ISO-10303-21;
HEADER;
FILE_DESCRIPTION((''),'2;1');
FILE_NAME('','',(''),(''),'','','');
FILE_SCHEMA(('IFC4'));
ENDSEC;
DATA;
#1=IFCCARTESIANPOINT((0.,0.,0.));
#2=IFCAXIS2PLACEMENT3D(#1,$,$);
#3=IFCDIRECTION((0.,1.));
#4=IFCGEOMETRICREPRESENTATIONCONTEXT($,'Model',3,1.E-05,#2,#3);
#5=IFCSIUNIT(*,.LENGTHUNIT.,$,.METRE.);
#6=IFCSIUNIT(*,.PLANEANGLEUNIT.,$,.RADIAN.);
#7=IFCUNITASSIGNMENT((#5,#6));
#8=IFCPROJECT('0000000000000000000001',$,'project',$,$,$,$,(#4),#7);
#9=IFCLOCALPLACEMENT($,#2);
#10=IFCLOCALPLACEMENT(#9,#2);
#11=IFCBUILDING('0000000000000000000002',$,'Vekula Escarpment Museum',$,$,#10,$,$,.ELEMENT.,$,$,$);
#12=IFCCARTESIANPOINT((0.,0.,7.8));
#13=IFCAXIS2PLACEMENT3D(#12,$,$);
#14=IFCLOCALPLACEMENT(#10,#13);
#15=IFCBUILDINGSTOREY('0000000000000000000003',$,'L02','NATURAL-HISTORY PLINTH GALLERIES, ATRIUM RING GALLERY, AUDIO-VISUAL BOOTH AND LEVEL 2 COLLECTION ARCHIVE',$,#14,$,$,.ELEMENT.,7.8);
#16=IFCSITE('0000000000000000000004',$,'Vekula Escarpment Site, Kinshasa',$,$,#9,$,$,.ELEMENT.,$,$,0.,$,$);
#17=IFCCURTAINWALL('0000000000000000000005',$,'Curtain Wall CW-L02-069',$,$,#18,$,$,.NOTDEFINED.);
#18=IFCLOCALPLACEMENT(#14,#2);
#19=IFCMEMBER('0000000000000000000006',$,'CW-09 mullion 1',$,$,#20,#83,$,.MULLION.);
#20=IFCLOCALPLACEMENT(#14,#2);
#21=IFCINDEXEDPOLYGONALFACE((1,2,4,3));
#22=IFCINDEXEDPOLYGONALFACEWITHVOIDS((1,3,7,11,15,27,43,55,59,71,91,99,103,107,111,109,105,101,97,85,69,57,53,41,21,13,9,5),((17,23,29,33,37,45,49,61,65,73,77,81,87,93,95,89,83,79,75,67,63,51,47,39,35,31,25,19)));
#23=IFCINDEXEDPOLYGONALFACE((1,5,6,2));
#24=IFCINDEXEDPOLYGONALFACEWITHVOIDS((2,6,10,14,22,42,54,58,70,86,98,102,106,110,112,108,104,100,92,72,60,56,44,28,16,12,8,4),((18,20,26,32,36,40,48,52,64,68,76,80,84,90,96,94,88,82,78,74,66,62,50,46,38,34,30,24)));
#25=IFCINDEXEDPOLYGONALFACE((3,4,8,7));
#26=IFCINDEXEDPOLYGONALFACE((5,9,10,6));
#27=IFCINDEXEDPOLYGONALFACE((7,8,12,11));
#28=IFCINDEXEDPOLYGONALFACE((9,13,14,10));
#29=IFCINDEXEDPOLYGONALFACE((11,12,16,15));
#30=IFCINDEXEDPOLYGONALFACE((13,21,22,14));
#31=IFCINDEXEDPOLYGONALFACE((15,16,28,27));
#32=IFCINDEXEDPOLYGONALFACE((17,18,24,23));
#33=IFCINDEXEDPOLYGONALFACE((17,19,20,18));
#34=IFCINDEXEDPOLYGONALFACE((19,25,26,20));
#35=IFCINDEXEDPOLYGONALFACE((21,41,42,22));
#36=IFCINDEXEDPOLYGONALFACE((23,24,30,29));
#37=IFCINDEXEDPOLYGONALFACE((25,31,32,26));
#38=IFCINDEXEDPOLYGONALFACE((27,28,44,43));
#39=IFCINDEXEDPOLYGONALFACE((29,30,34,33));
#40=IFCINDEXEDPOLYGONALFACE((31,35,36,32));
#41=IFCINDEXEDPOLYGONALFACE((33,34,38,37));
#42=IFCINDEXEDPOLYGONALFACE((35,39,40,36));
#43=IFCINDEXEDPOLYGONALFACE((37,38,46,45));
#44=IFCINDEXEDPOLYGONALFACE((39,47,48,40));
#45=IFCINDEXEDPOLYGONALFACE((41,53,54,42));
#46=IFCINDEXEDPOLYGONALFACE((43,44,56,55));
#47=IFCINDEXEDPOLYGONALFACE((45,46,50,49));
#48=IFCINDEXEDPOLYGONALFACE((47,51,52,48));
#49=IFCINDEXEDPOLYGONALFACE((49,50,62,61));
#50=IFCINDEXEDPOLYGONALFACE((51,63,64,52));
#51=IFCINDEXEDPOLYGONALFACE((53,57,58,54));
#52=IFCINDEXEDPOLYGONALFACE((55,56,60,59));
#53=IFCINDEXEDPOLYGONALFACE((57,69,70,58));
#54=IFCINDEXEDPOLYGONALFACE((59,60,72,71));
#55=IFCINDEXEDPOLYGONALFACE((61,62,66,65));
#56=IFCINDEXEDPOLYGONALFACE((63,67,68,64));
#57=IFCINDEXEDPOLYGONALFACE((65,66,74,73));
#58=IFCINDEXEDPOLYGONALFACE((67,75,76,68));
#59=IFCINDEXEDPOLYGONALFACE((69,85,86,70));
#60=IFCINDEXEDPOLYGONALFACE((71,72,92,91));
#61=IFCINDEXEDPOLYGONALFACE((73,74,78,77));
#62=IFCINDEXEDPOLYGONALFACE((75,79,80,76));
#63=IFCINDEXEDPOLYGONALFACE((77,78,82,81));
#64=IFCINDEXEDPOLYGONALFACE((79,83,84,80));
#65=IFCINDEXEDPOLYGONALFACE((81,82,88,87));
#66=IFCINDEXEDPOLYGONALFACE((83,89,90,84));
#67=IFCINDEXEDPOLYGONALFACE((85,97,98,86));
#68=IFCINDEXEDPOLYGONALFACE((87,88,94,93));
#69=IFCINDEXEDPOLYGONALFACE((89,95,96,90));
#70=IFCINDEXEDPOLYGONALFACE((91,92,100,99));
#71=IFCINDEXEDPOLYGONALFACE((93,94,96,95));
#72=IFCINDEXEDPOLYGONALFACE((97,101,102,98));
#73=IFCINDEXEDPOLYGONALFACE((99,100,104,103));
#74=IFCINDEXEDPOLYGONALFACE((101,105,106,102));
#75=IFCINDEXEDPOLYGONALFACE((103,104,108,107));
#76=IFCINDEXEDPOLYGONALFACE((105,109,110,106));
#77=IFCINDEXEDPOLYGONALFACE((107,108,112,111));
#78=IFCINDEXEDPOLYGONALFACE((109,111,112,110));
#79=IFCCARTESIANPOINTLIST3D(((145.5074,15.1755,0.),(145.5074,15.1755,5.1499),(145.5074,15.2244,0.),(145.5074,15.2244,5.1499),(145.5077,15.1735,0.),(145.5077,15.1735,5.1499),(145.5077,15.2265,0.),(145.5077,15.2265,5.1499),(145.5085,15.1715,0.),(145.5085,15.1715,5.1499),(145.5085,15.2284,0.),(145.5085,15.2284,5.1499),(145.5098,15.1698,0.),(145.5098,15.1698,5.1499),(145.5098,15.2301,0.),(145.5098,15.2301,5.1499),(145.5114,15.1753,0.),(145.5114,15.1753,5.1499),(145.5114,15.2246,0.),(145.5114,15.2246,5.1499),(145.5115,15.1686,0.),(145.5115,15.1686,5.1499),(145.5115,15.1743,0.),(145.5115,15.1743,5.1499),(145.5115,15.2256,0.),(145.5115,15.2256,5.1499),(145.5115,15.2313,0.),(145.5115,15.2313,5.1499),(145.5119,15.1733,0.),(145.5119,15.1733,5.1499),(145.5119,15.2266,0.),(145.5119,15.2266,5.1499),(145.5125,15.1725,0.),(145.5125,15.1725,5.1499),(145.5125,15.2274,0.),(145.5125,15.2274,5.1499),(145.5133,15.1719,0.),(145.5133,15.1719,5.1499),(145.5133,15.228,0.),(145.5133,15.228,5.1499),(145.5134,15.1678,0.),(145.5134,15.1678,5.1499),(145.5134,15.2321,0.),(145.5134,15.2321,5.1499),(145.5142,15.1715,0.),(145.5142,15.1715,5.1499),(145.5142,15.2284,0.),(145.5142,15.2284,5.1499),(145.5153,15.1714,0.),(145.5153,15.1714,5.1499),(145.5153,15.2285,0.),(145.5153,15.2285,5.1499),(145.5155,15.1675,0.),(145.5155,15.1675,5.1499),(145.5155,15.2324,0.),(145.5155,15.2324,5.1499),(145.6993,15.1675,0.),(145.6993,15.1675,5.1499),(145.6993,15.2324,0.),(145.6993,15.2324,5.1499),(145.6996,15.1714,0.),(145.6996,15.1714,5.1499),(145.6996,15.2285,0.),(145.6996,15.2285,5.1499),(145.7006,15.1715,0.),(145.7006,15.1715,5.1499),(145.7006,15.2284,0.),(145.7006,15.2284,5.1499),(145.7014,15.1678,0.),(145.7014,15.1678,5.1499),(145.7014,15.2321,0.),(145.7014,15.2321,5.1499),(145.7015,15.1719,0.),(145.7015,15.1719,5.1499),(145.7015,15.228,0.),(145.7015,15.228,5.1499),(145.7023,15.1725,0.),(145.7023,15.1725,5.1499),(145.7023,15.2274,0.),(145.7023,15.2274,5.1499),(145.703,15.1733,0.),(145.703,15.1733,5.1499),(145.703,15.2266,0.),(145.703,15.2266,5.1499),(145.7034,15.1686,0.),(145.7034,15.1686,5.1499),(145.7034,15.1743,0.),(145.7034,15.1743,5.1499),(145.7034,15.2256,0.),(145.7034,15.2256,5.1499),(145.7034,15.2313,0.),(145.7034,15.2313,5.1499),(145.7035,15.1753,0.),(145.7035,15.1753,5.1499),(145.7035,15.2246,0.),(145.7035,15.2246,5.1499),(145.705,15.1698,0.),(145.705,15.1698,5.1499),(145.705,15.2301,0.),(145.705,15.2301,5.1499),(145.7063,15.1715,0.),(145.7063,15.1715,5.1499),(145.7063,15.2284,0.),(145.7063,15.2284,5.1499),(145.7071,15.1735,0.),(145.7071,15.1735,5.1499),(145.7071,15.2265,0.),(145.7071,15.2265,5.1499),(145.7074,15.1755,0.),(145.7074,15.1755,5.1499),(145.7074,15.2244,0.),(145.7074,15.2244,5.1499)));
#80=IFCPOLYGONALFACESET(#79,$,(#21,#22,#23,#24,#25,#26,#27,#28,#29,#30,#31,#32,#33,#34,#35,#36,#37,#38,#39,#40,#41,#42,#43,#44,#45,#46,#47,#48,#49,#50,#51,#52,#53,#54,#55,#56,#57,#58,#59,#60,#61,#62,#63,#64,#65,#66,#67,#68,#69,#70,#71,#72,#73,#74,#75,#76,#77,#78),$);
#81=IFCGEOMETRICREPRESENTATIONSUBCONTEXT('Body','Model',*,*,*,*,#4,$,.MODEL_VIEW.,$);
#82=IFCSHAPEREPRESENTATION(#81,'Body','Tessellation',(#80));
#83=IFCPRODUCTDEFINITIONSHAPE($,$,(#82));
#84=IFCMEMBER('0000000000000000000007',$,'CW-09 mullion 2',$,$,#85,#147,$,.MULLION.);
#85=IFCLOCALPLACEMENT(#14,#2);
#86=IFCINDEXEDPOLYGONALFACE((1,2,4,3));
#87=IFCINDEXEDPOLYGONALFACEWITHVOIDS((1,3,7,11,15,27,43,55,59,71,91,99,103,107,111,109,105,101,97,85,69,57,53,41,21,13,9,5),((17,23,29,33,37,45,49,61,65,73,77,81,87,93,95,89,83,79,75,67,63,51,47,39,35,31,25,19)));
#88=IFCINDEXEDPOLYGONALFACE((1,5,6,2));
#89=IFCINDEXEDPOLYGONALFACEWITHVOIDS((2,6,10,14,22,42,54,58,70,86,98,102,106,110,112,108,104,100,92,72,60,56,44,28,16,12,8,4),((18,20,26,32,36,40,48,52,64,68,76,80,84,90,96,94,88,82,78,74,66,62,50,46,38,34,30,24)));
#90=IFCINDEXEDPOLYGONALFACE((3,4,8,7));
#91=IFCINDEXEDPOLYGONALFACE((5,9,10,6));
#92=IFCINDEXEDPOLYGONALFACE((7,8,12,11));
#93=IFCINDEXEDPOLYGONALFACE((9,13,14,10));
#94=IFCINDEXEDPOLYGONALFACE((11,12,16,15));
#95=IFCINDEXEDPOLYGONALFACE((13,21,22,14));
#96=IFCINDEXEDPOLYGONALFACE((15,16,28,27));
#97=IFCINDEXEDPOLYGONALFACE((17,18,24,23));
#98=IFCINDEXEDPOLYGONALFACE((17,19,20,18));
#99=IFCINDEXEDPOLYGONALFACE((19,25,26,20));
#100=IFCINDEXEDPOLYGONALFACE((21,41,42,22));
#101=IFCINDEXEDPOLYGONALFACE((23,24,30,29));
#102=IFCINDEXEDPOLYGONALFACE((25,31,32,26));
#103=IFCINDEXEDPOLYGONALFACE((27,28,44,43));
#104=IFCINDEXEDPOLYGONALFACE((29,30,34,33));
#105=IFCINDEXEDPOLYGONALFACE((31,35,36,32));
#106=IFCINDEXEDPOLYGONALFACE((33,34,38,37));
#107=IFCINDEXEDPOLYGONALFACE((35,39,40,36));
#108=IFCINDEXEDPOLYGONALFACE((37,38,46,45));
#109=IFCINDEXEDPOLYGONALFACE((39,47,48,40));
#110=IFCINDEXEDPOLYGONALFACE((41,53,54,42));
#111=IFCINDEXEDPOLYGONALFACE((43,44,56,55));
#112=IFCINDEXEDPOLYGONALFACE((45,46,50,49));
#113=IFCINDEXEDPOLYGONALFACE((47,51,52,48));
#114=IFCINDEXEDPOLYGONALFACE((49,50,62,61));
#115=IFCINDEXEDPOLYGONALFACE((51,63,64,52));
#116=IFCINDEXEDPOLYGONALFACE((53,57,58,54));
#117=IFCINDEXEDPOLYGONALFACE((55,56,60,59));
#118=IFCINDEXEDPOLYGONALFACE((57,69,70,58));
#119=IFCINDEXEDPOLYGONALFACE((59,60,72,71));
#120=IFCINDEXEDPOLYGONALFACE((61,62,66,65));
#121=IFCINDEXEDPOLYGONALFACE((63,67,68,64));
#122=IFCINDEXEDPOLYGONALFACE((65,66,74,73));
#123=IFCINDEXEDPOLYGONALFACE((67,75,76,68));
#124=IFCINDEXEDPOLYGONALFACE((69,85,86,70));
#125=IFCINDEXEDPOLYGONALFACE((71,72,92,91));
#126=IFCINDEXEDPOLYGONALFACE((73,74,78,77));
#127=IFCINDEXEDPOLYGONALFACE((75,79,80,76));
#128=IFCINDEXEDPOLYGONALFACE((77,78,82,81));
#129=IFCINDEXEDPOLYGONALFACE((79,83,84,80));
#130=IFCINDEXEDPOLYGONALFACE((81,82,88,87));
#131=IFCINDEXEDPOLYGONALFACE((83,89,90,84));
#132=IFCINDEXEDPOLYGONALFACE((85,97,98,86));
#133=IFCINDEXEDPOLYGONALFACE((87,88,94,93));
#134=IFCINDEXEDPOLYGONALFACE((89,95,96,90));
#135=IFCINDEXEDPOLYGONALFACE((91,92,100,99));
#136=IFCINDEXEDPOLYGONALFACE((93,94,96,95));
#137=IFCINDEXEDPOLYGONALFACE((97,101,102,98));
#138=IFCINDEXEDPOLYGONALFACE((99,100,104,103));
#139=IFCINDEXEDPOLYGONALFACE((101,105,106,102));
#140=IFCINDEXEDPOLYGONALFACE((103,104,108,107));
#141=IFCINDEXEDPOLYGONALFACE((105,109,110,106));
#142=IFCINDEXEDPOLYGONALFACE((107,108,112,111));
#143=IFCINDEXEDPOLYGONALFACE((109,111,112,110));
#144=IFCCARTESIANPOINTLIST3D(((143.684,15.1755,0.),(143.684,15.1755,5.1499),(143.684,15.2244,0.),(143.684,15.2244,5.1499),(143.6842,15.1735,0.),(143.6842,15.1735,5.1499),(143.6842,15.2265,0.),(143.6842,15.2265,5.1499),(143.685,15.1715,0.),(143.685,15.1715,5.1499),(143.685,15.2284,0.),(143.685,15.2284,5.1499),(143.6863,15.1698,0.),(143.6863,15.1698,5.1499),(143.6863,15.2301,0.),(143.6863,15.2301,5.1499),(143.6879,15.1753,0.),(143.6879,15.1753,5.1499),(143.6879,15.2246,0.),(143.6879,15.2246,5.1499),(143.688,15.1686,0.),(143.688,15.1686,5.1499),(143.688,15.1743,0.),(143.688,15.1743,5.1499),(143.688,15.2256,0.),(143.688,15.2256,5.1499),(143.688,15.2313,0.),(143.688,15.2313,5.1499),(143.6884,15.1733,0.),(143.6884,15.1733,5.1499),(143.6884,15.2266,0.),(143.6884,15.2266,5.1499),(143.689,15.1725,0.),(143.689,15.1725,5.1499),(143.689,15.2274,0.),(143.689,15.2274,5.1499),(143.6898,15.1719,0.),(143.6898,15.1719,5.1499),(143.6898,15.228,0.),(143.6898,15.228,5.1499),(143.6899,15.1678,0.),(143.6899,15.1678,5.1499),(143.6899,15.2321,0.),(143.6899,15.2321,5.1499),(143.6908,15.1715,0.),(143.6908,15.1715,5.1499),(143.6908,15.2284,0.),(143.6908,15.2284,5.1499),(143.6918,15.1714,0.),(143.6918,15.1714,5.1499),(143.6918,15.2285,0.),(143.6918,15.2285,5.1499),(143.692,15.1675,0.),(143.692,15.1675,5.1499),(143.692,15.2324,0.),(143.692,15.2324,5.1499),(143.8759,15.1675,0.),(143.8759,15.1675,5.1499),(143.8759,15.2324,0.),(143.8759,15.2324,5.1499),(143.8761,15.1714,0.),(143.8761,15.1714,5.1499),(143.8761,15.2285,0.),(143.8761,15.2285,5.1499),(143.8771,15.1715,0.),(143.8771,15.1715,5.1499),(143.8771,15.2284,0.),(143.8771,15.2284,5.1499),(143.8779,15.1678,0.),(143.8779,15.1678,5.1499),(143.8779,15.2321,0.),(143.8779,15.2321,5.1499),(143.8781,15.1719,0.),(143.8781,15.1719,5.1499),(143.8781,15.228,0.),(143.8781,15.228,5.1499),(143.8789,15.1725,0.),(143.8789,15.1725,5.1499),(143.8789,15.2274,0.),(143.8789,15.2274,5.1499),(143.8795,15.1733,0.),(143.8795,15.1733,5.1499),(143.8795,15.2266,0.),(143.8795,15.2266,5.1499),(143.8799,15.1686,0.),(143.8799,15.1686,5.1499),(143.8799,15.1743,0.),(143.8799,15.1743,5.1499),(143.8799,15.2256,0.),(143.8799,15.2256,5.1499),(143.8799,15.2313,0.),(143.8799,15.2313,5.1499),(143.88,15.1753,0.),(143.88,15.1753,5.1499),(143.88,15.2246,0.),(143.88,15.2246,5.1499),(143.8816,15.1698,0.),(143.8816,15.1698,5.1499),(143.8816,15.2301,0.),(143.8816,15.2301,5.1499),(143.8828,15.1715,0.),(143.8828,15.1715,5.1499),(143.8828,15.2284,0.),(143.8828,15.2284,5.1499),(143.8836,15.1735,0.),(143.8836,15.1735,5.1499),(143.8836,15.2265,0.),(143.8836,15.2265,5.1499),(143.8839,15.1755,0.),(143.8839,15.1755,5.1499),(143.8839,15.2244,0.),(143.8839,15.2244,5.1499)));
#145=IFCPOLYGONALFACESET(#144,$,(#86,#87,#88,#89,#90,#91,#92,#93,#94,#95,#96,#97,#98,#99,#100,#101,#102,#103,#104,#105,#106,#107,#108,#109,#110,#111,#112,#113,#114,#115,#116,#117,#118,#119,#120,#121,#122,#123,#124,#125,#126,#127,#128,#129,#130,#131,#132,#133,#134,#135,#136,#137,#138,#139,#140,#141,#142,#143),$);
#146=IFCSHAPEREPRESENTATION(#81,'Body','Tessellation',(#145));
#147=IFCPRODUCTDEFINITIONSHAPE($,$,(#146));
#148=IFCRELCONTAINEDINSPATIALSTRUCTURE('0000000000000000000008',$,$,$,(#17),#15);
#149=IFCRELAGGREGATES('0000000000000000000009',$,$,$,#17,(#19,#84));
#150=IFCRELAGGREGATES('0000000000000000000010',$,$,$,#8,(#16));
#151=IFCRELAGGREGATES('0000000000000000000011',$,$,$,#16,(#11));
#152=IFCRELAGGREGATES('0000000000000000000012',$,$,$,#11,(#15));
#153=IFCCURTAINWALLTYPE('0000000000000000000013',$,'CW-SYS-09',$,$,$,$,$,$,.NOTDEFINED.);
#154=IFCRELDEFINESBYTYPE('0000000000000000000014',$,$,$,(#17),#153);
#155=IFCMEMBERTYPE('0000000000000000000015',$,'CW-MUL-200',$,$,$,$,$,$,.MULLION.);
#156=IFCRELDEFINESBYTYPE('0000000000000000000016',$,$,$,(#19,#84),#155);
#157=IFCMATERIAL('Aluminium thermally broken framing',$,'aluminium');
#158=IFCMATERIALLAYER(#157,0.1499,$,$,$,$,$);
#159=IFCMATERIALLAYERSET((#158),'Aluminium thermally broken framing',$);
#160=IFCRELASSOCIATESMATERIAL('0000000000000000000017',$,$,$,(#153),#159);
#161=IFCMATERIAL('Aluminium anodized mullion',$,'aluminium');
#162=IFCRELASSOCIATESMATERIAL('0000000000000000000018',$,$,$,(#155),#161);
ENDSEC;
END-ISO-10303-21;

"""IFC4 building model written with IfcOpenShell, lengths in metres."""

from ifc_helpers import new_model, si_unit, direction, frame, origin, origin_2d, place, context, subcontext, project, spatial, hollow_rectangle, extrude, material, layer, layer_set, material_profile, profile_set, type_object, element, aggregate, save


model = new_model("IFC4")

# Units and contexts
model_context = context("Model", 3, precision=1e-05, world=origin(), true_north=direction((0.0, 1.0)))
body_context = subcontext(model_context, "Body", "Model", "MODEL_VIEW")
ifc_project = project(units=[si_unit("LENGTHUNIT", "METRE"), si_unit("PLANEANGLEUNIT", "RADIAN")], contexts=[model_context])

# Site, building, storey
site_placement = place(None, origin())
site = spatial("IfcSite", under=ifc_project, at=site_placement, Name="Vekula Escarpment Site, Kinshasa", CompositionType="ELEMENT", RefElevation=0.0)
building_placement = place(site_placement, origin())
building = spatial("IfcBuilding", under=site, at=building_placement, Name="Vekula Escarpment Museum", CompositionType="ELEMENT")
storey_placement = place(building_placement, frame((0.0, 0.0, 7.8)))
storey = spatial("IfcBuildingStorey", under=building, at=storey_placement, Name="L02", Description="NATURAL-HISTORY PLINTH GALLERIES, ATRIUM RING GALLERY, AUDIO-VISUAL BOOTH AND LEVEL 2 COLLECTION ARCHIVE", CompositionType="ELEMENT", Elevation=7.8)

# Curtain wall, members
ifc_material_1 = material(Name="Aluminium thermally broken framing", Category="aluminium")
ifc_layer_1 = layer(ifc_material_1, 0.1499)
ifc_layer_set_1 = layer_set([ifc_layer_1], Name="Aluminium thermally broken framing")
curtain_wall_type = type_object("IfcCurtainWallType", Name="CW-SYS-09", PredefinedType="NOTDEFINED", material=ifc_layer_set_1)
curtain_wall_placement = place(storey_placement, origin())
curtain_wall = element("IfcCurtainWall", 1, at=curtain_wall_placement, inside=storey, type_object=curtain_wall_type, Name="Curtain Wall CW-L02-069", PredefinedType="NOTDEFINED")
ifc_material_2 = material(Name="Aluminium anodized mullion", Category="aluminium")
ifc_material_profile_1 = material_profile(ifc_material_2, hollow_rectangle(XDim=0.0649, YDim=0.2, WallThickness=0.0039, InnerFilletRadius=0.0039, OuterFilletRadius=0.0081, at=origin_2d()), Name="ALU 200x65x4")
ifc_profile_set_1 = profile_set([ifc_material_profile_1], Name="Aluminium anodized mullion")
member_type_1 = type_object("IfcMemberType", Name="CW-MUL-200", PredefinedType="MULLION", material=ifc_profile_set_1)
member_1_placement = place(storey_placement, frame((145.6074, 15.2, 0.0), z_axis=(0.0, 0.0, 1.0), x_axis=(0.0, -1.0, 0.0)))
member_1 = element("IfcMember", 2, at=member_1_placement, type_object=member_type_1, Name="CW-09 mullion 1", PredefinedType="MULLION", context=body_context, shape_type="SweptSolid", body=[
    extrude(hollow_rectangle(XDim=0.0649, YDim=0.2, WallThickness=0.0039, InnerFilletRadius=0.0039, OuterFilletRadius=0.0081, at=origin_2d()), origin(), (0.0, 0.0, 1.0), 5.1499),
])
member_2_placement = place(storey_placement, frame((143.7839, 15.2, 0.0), z_axis=(0.0, 0.0, 1.0), x_axis=(0.0, -1.0, 0.0)))
member_2 = element("IfcMember", 3, at=member_2_placement, type_object=member_type_1, Name="CW-09 mullion 2", PredefinedType="MULLION", context=body_context, shape_type="SweptSolid", body=[
    extrude(hollow_rectangle(XDim=0.0649, YDim=0.2, WallThickness=0.0039, InnerFilletRadius=0.0039, OuterFilletRadius=0.0081, at=origin_2d()), origin(), (0.0, 0.0, 1.0), 5.1499),
])
aggregate(curtain_wall, [member_1, member_2])

save(model, "model.ifc")
